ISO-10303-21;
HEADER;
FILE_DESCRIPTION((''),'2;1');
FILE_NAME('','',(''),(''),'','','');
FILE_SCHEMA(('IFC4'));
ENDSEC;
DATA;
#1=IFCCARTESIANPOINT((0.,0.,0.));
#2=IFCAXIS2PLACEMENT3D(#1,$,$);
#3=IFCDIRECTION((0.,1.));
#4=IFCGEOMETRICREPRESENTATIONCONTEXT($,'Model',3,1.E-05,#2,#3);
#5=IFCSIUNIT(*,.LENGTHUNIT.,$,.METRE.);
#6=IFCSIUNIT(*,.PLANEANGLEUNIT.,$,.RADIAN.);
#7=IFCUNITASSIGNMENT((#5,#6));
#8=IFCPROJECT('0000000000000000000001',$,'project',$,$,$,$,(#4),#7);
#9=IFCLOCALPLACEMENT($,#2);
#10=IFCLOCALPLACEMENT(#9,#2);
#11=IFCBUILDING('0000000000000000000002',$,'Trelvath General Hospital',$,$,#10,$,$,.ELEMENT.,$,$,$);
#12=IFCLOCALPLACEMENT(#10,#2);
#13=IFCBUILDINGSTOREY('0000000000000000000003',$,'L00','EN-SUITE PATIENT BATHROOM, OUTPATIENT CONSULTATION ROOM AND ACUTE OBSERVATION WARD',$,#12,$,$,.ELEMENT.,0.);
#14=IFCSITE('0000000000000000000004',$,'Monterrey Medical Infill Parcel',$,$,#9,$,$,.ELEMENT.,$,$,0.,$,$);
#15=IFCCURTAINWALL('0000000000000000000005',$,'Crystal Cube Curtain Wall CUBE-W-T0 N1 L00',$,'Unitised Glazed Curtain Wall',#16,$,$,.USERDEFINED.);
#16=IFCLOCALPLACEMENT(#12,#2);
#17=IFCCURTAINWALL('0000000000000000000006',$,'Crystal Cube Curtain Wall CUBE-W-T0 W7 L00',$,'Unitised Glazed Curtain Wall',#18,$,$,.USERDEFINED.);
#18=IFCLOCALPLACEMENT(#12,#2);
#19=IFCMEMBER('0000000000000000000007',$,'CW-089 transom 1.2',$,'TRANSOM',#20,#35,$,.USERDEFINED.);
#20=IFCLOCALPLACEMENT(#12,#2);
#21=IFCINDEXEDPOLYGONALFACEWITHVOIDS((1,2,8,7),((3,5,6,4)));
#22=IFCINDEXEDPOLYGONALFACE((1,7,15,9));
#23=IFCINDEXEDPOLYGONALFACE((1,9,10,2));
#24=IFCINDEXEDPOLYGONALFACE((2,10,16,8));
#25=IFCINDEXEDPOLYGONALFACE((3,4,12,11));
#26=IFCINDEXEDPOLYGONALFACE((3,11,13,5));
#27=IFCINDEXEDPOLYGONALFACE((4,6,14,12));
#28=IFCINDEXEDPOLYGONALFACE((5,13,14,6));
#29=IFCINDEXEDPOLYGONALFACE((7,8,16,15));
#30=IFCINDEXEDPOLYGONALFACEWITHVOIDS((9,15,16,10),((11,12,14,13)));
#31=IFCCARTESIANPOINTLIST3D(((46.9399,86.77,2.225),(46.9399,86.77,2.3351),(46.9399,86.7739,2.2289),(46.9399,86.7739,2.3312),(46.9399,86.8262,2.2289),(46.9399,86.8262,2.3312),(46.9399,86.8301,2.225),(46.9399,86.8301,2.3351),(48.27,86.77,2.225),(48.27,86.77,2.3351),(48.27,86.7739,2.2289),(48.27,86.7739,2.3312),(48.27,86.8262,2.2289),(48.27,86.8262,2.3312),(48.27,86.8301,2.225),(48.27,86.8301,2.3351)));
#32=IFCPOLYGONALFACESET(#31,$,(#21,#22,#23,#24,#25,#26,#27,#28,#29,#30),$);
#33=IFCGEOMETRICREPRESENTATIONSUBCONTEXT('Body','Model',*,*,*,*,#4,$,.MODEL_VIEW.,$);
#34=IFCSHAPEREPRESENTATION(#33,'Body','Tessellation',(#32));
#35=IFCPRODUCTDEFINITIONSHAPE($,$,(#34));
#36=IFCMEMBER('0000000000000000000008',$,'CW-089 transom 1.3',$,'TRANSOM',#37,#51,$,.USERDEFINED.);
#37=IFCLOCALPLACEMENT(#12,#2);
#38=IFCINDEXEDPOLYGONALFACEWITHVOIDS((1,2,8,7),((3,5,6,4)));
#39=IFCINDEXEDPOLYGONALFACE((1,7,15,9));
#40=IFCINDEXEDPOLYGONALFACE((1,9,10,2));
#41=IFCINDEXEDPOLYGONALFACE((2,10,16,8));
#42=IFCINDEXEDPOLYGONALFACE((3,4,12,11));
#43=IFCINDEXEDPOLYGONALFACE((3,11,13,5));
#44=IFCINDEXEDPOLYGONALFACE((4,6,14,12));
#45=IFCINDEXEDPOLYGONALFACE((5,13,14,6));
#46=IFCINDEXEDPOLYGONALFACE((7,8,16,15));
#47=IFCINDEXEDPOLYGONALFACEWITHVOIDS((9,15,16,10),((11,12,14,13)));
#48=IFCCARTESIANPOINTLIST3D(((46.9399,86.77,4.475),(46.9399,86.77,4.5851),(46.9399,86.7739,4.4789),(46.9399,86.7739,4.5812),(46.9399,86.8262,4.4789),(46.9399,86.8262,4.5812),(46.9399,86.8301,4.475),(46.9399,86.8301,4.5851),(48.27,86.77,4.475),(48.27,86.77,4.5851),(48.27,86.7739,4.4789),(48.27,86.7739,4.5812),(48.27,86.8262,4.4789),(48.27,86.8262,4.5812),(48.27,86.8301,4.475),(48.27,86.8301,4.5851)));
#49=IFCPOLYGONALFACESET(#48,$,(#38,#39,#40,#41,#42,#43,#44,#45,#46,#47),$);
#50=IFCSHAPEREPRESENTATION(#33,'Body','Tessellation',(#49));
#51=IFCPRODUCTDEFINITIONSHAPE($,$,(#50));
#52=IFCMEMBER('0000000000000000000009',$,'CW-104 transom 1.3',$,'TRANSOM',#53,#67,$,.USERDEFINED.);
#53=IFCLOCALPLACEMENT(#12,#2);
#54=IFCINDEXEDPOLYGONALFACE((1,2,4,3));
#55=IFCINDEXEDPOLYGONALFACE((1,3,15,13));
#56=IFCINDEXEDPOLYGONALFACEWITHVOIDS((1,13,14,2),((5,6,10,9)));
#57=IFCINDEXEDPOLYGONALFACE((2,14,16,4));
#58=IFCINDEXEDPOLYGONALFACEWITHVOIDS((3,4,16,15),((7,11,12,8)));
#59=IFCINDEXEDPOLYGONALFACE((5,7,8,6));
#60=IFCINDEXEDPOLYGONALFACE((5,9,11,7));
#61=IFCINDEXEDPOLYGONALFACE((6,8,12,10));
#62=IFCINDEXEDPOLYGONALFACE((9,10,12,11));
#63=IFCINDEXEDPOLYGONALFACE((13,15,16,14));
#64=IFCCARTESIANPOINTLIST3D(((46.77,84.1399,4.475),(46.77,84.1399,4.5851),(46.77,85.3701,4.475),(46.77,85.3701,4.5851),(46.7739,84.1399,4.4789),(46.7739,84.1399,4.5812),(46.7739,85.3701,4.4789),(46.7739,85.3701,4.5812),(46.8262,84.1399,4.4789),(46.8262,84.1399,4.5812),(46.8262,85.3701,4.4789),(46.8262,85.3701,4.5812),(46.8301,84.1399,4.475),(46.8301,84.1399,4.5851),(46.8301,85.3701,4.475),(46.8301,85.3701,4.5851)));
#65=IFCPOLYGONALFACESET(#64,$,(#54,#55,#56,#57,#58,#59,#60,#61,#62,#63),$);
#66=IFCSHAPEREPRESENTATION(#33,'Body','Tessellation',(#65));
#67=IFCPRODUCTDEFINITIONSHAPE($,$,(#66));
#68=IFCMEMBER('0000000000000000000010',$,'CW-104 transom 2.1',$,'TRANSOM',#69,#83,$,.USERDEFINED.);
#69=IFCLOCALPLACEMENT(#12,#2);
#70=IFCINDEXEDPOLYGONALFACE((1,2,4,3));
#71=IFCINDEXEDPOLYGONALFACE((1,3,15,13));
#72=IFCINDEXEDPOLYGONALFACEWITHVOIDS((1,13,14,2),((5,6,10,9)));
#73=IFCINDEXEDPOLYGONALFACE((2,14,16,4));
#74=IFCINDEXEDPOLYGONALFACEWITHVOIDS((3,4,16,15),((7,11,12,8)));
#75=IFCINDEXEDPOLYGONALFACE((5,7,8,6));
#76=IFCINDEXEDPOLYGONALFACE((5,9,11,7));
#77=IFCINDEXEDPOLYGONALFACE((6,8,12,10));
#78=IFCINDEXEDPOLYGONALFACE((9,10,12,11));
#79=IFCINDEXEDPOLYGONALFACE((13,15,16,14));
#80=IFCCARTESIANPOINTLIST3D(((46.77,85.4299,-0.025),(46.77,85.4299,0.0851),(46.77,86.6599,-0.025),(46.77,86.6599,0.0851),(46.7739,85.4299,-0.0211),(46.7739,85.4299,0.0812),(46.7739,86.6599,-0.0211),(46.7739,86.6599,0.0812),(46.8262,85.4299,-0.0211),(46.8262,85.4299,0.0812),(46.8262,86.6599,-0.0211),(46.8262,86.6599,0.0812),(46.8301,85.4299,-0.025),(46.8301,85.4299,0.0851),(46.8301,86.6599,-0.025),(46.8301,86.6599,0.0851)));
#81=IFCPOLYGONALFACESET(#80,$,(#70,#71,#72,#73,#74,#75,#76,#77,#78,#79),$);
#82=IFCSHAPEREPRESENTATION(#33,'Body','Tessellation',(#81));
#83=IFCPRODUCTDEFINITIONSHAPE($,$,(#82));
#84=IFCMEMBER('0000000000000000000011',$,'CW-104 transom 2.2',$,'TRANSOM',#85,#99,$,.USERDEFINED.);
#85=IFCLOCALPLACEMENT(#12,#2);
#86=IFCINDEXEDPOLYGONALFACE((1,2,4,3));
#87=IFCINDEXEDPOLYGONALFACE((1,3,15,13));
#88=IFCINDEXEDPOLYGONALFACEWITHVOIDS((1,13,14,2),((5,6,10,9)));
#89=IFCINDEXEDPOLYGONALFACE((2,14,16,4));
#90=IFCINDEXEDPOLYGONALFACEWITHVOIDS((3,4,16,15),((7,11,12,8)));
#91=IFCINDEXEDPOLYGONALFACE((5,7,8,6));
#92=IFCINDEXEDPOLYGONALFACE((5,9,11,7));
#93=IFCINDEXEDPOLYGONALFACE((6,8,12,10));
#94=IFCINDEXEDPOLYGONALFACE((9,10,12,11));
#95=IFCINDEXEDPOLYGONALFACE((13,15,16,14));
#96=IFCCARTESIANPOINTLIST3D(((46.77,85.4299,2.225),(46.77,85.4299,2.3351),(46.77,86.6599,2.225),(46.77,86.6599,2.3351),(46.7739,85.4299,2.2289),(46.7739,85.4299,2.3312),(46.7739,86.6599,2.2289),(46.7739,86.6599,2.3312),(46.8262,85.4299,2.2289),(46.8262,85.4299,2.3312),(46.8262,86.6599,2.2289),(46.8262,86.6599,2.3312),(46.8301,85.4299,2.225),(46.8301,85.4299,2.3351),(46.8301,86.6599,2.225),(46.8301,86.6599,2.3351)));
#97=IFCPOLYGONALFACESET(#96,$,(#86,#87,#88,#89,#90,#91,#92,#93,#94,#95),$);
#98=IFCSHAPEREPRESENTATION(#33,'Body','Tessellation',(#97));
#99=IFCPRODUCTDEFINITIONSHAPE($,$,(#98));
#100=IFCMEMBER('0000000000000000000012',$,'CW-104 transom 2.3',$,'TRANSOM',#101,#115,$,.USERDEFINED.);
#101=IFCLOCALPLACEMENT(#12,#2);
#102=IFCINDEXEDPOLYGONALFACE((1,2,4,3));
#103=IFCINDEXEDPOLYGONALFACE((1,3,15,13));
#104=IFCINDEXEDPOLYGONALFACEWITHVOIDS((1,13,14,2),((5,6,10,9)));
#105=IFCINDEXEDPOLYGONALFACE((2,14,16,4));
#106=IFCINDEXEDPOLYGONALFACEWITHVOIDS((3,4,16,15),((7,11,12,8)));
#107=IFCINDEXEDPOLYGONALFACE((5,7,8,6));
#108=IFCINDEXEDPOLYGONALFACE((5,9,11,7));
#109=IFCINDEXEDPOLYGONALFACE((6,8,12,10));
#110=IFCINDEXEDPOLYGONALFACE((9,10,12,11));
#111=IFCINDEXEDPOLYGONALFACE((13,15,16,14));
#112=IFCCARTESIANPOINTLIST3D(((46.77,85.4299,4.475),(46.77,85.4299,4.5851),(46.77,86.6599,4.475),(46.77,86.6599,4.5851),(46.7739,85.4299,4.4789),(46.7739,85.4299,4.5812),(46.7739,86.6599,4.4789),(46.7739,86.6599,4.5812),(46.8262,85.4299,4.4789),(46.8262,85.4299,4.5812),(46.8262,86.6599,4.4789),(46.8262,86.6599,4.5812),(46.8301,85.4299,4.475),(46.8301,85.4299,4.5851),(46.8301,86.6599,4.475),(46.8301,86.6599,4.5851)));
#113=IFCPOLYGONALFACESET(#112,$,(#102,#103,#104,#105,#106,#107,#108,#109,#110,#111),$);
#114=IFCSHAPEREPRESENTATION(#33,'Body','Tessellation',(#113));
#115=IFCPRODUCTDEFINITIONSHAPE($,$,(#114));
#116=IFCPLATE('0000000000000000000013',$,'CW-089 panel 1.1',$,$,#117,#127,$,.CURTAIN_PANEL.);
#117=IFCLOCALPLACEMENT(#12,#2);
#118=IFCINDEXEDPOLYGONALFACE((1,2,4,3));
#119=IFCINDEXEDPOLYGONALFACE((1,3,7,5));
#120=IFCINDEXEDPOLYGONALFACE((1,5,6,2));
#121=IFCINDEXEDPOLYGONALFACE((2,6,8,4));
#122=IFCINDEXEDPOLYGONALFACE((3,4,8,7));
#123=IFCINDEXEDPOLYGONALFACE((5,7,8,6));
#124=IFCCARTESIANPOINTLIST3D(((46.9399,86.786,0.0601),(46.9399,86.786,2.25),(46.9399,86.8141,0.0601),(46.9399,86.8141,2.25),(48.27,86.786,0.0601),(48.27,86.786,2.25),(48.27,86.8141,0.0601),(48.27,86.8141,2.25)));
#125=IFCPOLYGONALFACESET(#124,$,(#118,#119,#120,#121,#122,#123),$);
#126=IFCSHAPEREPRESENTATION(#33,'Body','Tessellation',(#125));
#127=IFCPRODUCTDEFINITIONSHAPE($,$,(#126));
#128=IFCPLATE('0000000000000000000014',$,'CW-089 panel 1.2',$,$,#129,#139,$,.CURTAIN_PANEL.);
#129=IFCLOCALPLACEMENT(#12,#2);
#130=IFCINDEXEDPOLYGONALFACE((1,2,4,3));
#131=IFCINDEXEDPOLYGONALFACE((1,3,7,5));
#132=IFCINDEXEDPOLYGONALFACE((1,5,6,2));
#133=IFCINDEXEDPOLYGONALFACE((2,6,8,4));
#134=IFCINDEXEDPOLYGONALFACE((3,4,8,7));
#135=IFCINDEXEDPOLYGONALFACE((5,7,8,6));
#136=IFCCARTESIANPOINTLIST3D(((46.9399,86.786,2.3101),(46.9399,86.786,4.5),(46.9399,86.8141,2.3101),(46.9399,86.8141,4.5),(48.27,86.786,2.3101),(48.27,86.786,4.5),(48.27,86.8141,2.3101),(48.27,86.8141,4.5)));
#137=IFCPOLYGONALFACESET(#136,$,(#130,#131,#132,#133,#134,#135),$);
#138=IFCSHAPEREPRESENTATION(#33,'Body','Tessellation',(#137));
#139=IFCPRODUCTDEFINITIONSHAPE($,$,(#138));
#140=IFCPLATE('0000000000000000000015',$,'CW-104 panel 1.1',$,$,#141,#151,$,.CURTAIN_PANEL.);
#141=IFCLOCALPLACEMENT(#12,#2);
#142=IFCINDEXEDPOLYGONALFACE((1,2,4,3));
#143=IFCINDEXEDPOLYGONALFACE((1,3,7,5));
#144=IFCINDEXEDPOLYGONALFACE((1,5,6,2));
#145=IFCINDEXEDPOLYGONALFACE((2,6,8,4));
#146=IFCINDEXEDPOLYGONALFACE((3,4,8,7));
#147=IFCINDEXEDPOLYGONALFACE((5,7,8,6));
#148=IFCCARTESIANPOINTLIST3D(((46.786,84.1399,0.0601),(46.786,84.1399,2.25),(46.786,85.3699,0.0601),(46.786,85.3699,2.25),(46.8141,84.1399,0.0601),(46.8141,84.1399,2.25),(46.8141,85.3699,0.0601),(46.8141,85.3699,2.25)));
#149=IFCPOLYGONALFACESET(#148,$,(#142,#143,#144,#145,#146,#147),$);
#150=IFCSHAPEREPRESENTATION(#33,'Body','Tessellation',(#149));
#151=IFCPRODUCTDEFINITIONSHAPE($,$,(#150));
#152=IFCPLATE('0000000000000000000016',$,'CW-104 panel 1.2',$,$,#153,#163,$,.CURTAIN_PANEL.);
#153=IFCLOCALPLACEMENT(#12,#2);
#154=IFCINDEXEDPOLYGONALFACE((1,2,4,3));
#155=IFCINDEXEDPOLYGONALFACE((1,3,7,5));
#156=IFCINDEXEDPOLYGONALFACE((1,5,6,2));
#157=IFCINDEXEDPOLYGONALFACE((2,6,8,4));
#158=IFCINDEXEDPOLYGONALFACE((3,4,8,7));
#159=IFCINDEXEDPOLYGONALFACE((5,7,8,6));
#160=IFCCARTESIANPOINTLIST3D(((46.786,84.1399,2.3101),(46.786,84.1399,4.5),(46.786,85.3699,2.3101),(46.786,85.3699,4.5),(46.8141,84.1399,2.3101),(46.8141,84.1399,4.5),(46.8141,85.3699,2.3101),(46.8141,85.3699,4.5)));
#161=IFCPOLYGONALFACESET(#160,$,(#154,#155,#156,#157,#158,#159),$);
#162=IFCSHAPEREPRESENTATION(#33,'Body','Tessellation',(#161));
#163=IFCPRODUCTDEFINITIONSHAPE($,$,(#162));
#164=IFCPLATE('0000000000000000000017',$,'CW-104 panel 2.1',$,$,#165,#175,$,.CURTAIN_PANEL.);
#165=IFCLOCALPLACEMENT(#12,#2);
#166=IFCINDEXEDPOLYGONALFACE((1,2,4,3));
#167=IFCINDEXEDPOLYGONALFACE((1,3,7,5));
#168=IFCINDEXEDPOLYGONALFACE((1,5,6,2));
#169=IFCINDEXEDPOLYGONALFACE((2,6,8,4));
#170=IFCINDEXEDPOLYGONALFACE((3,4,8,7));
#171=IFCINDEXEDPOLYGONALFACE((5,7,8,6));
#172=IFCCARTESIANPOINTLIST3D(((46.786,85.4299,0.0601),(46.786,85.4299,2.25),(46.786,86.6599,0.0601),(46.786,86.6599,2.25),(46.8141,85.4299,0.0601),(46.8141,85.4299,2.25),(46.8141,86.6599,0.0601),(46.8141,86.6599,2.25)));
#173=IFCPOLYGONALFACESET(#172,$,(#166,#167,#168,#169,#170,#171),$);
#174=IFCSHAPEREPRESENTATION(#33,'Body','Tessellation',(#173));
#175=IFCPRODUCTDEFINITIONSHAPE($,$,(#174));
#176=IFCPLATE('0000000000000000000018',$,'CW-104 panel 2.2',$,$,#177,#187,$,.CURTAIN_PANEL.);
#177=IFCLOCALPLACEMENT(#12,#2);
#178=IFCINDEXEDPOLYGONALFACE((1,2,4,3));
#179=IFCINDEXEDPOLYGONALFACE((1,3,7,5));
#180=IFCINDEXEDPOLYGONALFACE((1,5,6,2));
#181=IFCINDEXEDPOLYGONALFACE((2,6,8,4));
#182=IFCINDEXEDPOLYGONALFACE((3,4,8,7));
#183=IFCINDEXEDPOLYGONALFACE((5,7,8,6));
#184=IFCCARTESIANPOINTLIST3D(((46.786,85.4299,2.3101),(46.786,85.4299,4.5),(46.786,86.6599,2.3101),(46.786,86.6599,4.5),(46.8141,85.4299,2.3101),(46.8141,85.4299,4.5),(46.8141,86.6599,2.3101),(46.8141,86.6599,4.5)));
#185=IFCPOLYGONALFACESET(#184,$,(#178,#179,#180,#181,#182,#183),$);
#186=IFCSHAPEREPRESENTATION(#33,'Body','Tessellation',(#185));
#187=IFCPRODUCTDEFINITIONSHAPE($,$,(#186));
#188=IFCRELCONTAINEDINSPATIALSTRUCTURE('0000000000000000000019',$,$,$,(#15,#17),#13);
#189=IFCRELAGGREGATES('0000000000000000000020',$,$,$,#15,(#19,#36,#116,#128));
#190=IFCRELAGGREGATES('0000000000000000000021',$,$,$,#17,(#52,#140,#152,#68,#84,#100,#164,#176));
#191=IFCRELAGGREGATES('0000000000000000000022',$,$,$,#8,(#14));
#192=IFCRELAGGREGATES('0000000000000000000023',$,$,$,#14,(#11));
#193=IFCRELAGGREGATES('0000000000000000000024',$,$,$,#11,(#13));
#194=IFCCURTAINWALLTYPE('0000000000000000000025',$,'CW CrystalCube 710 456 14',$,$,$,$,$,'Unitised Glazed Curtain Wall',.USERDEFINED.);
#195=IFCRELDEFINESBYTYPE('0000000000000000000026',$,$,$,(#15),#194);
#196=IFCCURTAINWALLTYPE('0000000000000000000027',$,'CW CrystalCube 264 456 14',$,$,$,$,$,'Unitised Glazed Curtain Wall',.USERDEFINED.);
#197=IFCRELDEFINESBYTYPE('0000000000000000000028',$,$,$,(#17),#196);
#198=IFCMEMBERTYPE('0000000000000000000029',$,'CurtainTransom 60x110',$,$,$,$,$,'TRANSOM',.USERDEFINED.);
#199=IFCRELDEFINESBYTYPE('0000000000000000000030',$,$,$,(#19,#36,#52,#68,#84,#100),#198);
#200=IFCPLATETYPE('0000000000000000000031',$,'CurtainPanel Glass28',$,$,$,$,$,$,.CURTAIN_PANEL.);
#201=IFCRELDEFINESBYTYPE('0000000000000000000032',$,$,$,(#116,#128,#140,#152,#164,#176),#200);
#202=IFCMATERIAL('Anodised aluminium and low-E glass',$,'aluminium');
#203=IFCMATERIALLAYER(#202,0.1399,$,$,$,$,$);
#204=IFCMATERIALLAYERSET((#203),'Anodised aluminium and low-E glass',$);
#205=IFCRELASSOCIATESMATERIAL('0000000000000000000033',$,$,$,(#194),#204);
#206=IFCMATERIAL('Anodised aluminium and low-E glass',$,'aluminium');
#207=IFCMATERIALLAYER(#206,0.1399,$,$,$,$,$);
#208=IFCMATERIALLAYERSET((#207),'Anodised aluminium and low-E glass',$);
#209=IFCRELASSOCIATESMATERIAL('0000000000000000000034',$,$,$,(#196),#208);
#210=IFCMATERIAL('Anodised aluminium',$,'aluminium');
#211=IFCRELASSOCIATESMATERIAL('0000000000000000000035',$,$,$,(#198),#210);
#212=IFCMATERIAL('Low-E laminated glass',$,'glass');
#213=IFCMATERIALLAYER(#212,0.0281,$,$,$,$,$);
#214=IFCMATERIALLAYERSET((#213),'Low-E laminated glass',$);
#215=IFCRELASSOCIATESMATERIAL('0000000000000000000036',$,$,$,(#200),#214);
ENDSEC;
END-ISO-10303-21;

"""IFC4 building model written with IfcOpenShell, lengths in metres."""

from ifc_helpers import new_model, si_unit, direction, frame, origin, origin_2d, place, context, subcontext, project, spatial, rectangle, hollow_rectangle, extrude, material, layer, layer_set, material_profile, profile_set, type_object, element, aggregate, save


model = new_model("IFC4")

# Units and contexts
model_context = context("Model", 3, precision=1e-05, world=origin(), true_north=direction((0.0, 1.0)))
body_context = subcontext(model_context, "Body", "Model", "MODEL_VIEW")
ifc_project = project(units=[si_unit("LENGTHUNIT", "METRE"), si_unit("PLANEANGLEUNIT", "RADIAN")], contexts=[model_context])

# Site, building, storey
site_placement = place(None, origin())
site = spatial("IfcSite", under=ifc_project, at=site_placement, Name="Monterrey Medical Infill Parcel", CompositionType="ELEMENT", RefElevation=0.0)
building_placement = place(site_placement, origin())
building = spatial("IfcBuilding", under=site, at=building_placement, Name="Trelvath General Hospital", CompositionType="ELEMENT")
storey_placement = place(building_placement, origin())
storey = spatial("IfcBuildingStorey", under=building, at=storey_placement, Name="L00", Description="EN-SUITE PATIENT BATHROOM, OUTPATIENT CONSULTATION ROOM AND ACUTE OBSERVATION WARD", CompositionType="ELEMENT", Elevation=0.0)

# Curtain walls
ifc_material_1 = material(Name="Anodised aluminium and low-E glass", Category="aluminium")
ifc_layer_1 = layer(ifc_material_1, 0.1399)
ifc_layer_set_1 = layer_set([ifc_layer_1], Name="Anodised aluminium and low-E glass")
curtain_wall_type_1 = type_object("IfcCurtainWallType", Name="CW CrystalCube 710 456 14", ElementType="Unitised Glazed Curtain Wall", PredefinedType="USERDEFINED", material=ifc_layer_set_1)
curtain_wall_1_placement = place(storey_placement, origin())
curtain_wall_1 = element("IfcCurtainWall", 1, at=curtain_wall_1_placement, inside=storey, type_object=curtain_wall_type_1, Name="Crystal Cube Curtain Wall CUBE-W-T0 N1 L00", ObjectType="Unitised Glazed Curtain Wall", PredefinedType="USERDEFINED")
ifc_material_2 = material(Name="Anodised aluminium and low-E glass", Category="aluminium")
ifc_layer_2 = layer(ifc_material_2, 0.1399)
ifc_layer_set_2 = layer_set([ifc_layer_2], Name="Anodised aluminium and low-E glass")
curtain_wall_type_2 = type_object("IfcCurtainWallType", Name="CW CrystalCube 264 456 14", ElementType="Unitised Glazed Curtain Wall", PredefinedType="USERDEFINED", material=ifc_layer_set_2)
curtain_wall_2_placement = place(storey_placement, origin())
curtain_wall_2 = element("IfcCurtainWall", 2, at=curtain_wall_2_placement, inside=storey, type_object=curtain_wall_type_2, Name="Crystal Cube Curtain Wall CUBE-W-T0 W7 L00", ObjectType="Unitised Glazed Curtain Wall", PredefinedType="USERDEFINED")

# Members
ifc_material_3 = material(Name="Anodised aluminium", Category="aluminium")
ifc_material_profile_1 = material_profile(ifc_material_3, hollow_rectangle(XDim=0.0601, YDim=0.1101, WallThickness=0.0039, at=origin_2d()), Name="RHS60x110x4")
ifc_profile_set_1 = profile_set([ifc_material_profile_1], Name="Anodised aluminium")
member_type_1 = type_object("IfcMemberType", Name="CurtainTransom 60x110", ElementType="TRANSOM", PredefinedType="USERDEFINED", material=ifc_profile_set_1)
member_1_placement = place(storey_placement, frame((46.9399, 86.8, 2.28), z_axis=(1.0, 0.0, 0.0), x_axis=(0.0, 1.0, 0.0)))
member_1 = element("IfcMember", 3, at=member_1_placement, type_object=member_type_1, Name="CW-089 transom 1.2", ObjectType="TRANSOM", PredefinedType="USERDEFINED", context=body_context, shape_type="SweptSolid", body=[
    extrude(hollow_rectangle(XDim=0.0601, YDim=0.1101, WallThickness=0.0039, at=origin_2d()), origin(), (0.0, 0.0, 1.0), 1.3301),
])
member_2_placement = place(storey_placement, frame((46.9399, 86.8, 4.53), z_axis=(1.0, 0.0, 0.0), x_axis=(0.0, 1.0, 0.0)))
member_2 = element("IfcMember", 4, at=member_2_placement, type_object=member_type_1, Name="CW-089 transom 1.3", ObjectType="TRANSOM", PredefinedType="USERDEFINED", context=body_context, shape_type="SweptSolid", body=[
    extrude(hollow_rectangle(XDim=0.0601, YDim=0.1101, WallThickness=0.0039, at=origin_2d()), origin(), (0.0, 0.0, 1.0), 1.3301),
])
member_3_placement = place(storey_placement, frame((46.8, 84.1399, 4.53), z_axis=(0.0, 1.0, 0.0), x_axis=(-1.0, 0.0, 0.0)))
member_3 = element("IfcMember", 5, at=member_3_placement, type_object=member_type_1, Name="CW-104 transom 1.3", ObjectType="TRANSOM", PredefinedType="USERDEFINED", context=body_context, shape_type="SweptSolid", body=[
    extrude(hollow_rectangle(XDim=0.0601, YDim=0.1101, WallThickness=0.0039, at=origin_2d()), origin(), (0.0, 0.0, 1.0), 1.2302),
])
member_4_placement = place(storey_placement, frame((46.8, 85.4299, 0.03), z_axis=(0.0, 1.0, 0.0), x_axis=(-1.0, 0.0, 0.0)))
member_4 = element("IfcMember", 6, at=member_4_placement, type_object=member_type_1, Name="CW-104 transom 2.1", ObjectType="TRANSOM", PredefinedType="USERDEFINED", context=body_context, shape_type="SweptSolid", body=[
    extrude(hollow_rectangle(XDim=0.0601, YDim=0.1101, WallThickness=0.0039, at=origin_2d()), origin(), (0.0, 0.0, 1.0), 1.23),
])
member_5_placement = place(storey_placement, frame((46.8, 85.4299, 2.28), z_axis=(0.0, 1.0, 0.0), x_axis=(-1.0, 0.0, 0.0)))
member_5 = element("IfcMember", 7, at=member_5_placement, type_object=member_type_1, Name="CW-104 transom 2.2", ObjectType="TRANSOM", PredefinedType="USERDEFINED", context=body_context, shape_type="SweptSolid", body=[
    extrude(hollow_rectangle(XDim=0.0601, YDim=0.1101, WallThickness=0.0039, at=origin_2d()), origin(), (0.0, 0.0, 1.0), 1.23),
])
member_6_placement = place(storey_placement, frame((46.8, 85.4299, 4.53), z_axis=(0.0, 1.0, 0.0), x_axis=(-1.0, 0.0, 0.0)))
member_6 = element("IfcMember", 8, at=member_6_placement, type_object=member_type_1, Name="CW-104 transom 2.3", ObjectType="TRANSOM", PredefinedType="USERDEFINED", context=body_context, shape_type="SweptSolid", body=[
    extrude(hollow_rectangle(XDim=0.0601, YDim=0.1101, WallThickness=0.0039, at=origin_2d()), origin(), (0.0, 0.0, 1.0), 1.23),
])

# Plates
ifc_material_4 = material(Name="Low-E laminated glass", Category="glass")
ifc_layer_3 = layer(ifc_material_4, 0.0281)
ifc_layer_set_3 = layer_set([ifc_layer_3], Name="Low-E laminated glass")
plate_type = type_object("IfcPlateType", Name="CurtainPanel Glass28", PredefinedType="CURTAIN_PANEL", material=ifc_layer_set_3)
plate_1_placement = place(storey_placement, frame((47.605, 86.8, 0.0601), z_axis=(0.0, 0.0, 1.0), x_axis=(1.0, 0.0, 0.0)))
plate_1 = element("IfcPlate", 9, at=plate_1_placement, type_object=plate_type, Name="CW-089 panel 1.1", PredefinedType="CURTAIN_PANEL", context=body_context, shape_type="SweptSolid", body=[
    extrude(rectangle(XDim=1.3301, YDim=0.0281, at=origin_2d()), origin(), (0.0, 0.0, 1.0), 2.1899),
])
plate_2_placement = place(storey_placement, frame((47.605, 86.8, 2.3101), z_axis=(0.0, 0.0, 1.0), x_axis=(1.0, 0.0, 0.0)))
plate_2 = element("IfcPlate", 10, at=plate_2_placement, type_object=plate_type, Name="CW-089 panel 1.2", PredefinedType="CURTAIN_PANEL", context=body_context, shape_type="SweptSolid", body=[
    extrude(rectangle(XDim=1.3301, YDim=0.0281, at=origin_2d()), origin(), (0.0, 0.0, 1.0), 2.1899),
])
aggregate(curtain_wall_1, [member_1, member_2, plate_1, plate_2])
plate_3_placement = place(storey_placement, frame((46.8, 84.7549, 0.0601), z_axis=(0.0, 0.0, 1.0), x_axis=(0.0, 1.0, 0.0)))
plate_3 = element("IfcPlate", 11, at=plate_3_placement, type_object=plate_type, Name="CW-104 panel 1.1", PredefinedType="CURTAIN_PANEL", context=body_context, shape_type="SweptSolid", body=[
    extrude(rectangle(XDim=1.23, YDim=0.0281, at=origin_2d()), origin(), (0.0, 0.0, 1.0), 2.1899),
])
plate_4_placement = place(storey_placement, frame((46.8, 84.7549, 2.3101), z_axis=(0.0, 0.0, 1.0), x_axis=(0.0, 1.0, 0.0)))
plate_4 = element("IfcPlate", 12, at=plate_4_placement, type_object=plate_type, Name="CW-104 panel 1.2", PredefinedType="CURTAIN_PANEL", context=body_context, shape_type="SweptSolid", body=[
    extrude(rectangle(XDim=1.23, YDim=0.0281, at=origin_2d()), origin(), (0.0, 0.0, 1.0), 2.1899),
])
plate_5_placement = place(storey_placement, frame((46.8, 86.0449, 0.0601), z_axis=(0.0, 0.0, 1.0), x_axis=(0.0, 1.0, 0.0)))
plate_5 = element("IfcPlate", 13, at=plate_5_placement, type_object=plate_type, Name="CW-104 panel 2.1", PredefinedType="CURTAIN_PANEL", context=body_context, shape_type="SweptSolid", body=[
    extrude(rectangle(XDim=1.23, YDim=0.0281, at=origin_2d()), origin(), (0.0, 0.0, 1.0), 2.1899),
])
plate_6_placement = place(storey_placement, frame((46.8, 86.0449, 2.3101), z_axis=(0.0, 0.0, 1.0), x_axis=(0.0, 1.0, 0.0)))
plate_6 = element("IfcPlate", 14, at=plate_6_placement, type_object=plate_type, Name="CW-104 panel 2.2", PredefinedType="CURTAIN_PANEL", context=body_context, shape_type="SweptSolid", body=[
    extrude(rectangle(XDim=1.23, YDim=0.0281, at=origin_2d()), origin(), (0.0, 0.0, 1.0), 2.1899),
])
aggregate(curtain_wall_2, [member_3, plate_3, plate_4, member_4, member_5, member_6, plate_5, plate_6])

save(model, "model.ifc")
